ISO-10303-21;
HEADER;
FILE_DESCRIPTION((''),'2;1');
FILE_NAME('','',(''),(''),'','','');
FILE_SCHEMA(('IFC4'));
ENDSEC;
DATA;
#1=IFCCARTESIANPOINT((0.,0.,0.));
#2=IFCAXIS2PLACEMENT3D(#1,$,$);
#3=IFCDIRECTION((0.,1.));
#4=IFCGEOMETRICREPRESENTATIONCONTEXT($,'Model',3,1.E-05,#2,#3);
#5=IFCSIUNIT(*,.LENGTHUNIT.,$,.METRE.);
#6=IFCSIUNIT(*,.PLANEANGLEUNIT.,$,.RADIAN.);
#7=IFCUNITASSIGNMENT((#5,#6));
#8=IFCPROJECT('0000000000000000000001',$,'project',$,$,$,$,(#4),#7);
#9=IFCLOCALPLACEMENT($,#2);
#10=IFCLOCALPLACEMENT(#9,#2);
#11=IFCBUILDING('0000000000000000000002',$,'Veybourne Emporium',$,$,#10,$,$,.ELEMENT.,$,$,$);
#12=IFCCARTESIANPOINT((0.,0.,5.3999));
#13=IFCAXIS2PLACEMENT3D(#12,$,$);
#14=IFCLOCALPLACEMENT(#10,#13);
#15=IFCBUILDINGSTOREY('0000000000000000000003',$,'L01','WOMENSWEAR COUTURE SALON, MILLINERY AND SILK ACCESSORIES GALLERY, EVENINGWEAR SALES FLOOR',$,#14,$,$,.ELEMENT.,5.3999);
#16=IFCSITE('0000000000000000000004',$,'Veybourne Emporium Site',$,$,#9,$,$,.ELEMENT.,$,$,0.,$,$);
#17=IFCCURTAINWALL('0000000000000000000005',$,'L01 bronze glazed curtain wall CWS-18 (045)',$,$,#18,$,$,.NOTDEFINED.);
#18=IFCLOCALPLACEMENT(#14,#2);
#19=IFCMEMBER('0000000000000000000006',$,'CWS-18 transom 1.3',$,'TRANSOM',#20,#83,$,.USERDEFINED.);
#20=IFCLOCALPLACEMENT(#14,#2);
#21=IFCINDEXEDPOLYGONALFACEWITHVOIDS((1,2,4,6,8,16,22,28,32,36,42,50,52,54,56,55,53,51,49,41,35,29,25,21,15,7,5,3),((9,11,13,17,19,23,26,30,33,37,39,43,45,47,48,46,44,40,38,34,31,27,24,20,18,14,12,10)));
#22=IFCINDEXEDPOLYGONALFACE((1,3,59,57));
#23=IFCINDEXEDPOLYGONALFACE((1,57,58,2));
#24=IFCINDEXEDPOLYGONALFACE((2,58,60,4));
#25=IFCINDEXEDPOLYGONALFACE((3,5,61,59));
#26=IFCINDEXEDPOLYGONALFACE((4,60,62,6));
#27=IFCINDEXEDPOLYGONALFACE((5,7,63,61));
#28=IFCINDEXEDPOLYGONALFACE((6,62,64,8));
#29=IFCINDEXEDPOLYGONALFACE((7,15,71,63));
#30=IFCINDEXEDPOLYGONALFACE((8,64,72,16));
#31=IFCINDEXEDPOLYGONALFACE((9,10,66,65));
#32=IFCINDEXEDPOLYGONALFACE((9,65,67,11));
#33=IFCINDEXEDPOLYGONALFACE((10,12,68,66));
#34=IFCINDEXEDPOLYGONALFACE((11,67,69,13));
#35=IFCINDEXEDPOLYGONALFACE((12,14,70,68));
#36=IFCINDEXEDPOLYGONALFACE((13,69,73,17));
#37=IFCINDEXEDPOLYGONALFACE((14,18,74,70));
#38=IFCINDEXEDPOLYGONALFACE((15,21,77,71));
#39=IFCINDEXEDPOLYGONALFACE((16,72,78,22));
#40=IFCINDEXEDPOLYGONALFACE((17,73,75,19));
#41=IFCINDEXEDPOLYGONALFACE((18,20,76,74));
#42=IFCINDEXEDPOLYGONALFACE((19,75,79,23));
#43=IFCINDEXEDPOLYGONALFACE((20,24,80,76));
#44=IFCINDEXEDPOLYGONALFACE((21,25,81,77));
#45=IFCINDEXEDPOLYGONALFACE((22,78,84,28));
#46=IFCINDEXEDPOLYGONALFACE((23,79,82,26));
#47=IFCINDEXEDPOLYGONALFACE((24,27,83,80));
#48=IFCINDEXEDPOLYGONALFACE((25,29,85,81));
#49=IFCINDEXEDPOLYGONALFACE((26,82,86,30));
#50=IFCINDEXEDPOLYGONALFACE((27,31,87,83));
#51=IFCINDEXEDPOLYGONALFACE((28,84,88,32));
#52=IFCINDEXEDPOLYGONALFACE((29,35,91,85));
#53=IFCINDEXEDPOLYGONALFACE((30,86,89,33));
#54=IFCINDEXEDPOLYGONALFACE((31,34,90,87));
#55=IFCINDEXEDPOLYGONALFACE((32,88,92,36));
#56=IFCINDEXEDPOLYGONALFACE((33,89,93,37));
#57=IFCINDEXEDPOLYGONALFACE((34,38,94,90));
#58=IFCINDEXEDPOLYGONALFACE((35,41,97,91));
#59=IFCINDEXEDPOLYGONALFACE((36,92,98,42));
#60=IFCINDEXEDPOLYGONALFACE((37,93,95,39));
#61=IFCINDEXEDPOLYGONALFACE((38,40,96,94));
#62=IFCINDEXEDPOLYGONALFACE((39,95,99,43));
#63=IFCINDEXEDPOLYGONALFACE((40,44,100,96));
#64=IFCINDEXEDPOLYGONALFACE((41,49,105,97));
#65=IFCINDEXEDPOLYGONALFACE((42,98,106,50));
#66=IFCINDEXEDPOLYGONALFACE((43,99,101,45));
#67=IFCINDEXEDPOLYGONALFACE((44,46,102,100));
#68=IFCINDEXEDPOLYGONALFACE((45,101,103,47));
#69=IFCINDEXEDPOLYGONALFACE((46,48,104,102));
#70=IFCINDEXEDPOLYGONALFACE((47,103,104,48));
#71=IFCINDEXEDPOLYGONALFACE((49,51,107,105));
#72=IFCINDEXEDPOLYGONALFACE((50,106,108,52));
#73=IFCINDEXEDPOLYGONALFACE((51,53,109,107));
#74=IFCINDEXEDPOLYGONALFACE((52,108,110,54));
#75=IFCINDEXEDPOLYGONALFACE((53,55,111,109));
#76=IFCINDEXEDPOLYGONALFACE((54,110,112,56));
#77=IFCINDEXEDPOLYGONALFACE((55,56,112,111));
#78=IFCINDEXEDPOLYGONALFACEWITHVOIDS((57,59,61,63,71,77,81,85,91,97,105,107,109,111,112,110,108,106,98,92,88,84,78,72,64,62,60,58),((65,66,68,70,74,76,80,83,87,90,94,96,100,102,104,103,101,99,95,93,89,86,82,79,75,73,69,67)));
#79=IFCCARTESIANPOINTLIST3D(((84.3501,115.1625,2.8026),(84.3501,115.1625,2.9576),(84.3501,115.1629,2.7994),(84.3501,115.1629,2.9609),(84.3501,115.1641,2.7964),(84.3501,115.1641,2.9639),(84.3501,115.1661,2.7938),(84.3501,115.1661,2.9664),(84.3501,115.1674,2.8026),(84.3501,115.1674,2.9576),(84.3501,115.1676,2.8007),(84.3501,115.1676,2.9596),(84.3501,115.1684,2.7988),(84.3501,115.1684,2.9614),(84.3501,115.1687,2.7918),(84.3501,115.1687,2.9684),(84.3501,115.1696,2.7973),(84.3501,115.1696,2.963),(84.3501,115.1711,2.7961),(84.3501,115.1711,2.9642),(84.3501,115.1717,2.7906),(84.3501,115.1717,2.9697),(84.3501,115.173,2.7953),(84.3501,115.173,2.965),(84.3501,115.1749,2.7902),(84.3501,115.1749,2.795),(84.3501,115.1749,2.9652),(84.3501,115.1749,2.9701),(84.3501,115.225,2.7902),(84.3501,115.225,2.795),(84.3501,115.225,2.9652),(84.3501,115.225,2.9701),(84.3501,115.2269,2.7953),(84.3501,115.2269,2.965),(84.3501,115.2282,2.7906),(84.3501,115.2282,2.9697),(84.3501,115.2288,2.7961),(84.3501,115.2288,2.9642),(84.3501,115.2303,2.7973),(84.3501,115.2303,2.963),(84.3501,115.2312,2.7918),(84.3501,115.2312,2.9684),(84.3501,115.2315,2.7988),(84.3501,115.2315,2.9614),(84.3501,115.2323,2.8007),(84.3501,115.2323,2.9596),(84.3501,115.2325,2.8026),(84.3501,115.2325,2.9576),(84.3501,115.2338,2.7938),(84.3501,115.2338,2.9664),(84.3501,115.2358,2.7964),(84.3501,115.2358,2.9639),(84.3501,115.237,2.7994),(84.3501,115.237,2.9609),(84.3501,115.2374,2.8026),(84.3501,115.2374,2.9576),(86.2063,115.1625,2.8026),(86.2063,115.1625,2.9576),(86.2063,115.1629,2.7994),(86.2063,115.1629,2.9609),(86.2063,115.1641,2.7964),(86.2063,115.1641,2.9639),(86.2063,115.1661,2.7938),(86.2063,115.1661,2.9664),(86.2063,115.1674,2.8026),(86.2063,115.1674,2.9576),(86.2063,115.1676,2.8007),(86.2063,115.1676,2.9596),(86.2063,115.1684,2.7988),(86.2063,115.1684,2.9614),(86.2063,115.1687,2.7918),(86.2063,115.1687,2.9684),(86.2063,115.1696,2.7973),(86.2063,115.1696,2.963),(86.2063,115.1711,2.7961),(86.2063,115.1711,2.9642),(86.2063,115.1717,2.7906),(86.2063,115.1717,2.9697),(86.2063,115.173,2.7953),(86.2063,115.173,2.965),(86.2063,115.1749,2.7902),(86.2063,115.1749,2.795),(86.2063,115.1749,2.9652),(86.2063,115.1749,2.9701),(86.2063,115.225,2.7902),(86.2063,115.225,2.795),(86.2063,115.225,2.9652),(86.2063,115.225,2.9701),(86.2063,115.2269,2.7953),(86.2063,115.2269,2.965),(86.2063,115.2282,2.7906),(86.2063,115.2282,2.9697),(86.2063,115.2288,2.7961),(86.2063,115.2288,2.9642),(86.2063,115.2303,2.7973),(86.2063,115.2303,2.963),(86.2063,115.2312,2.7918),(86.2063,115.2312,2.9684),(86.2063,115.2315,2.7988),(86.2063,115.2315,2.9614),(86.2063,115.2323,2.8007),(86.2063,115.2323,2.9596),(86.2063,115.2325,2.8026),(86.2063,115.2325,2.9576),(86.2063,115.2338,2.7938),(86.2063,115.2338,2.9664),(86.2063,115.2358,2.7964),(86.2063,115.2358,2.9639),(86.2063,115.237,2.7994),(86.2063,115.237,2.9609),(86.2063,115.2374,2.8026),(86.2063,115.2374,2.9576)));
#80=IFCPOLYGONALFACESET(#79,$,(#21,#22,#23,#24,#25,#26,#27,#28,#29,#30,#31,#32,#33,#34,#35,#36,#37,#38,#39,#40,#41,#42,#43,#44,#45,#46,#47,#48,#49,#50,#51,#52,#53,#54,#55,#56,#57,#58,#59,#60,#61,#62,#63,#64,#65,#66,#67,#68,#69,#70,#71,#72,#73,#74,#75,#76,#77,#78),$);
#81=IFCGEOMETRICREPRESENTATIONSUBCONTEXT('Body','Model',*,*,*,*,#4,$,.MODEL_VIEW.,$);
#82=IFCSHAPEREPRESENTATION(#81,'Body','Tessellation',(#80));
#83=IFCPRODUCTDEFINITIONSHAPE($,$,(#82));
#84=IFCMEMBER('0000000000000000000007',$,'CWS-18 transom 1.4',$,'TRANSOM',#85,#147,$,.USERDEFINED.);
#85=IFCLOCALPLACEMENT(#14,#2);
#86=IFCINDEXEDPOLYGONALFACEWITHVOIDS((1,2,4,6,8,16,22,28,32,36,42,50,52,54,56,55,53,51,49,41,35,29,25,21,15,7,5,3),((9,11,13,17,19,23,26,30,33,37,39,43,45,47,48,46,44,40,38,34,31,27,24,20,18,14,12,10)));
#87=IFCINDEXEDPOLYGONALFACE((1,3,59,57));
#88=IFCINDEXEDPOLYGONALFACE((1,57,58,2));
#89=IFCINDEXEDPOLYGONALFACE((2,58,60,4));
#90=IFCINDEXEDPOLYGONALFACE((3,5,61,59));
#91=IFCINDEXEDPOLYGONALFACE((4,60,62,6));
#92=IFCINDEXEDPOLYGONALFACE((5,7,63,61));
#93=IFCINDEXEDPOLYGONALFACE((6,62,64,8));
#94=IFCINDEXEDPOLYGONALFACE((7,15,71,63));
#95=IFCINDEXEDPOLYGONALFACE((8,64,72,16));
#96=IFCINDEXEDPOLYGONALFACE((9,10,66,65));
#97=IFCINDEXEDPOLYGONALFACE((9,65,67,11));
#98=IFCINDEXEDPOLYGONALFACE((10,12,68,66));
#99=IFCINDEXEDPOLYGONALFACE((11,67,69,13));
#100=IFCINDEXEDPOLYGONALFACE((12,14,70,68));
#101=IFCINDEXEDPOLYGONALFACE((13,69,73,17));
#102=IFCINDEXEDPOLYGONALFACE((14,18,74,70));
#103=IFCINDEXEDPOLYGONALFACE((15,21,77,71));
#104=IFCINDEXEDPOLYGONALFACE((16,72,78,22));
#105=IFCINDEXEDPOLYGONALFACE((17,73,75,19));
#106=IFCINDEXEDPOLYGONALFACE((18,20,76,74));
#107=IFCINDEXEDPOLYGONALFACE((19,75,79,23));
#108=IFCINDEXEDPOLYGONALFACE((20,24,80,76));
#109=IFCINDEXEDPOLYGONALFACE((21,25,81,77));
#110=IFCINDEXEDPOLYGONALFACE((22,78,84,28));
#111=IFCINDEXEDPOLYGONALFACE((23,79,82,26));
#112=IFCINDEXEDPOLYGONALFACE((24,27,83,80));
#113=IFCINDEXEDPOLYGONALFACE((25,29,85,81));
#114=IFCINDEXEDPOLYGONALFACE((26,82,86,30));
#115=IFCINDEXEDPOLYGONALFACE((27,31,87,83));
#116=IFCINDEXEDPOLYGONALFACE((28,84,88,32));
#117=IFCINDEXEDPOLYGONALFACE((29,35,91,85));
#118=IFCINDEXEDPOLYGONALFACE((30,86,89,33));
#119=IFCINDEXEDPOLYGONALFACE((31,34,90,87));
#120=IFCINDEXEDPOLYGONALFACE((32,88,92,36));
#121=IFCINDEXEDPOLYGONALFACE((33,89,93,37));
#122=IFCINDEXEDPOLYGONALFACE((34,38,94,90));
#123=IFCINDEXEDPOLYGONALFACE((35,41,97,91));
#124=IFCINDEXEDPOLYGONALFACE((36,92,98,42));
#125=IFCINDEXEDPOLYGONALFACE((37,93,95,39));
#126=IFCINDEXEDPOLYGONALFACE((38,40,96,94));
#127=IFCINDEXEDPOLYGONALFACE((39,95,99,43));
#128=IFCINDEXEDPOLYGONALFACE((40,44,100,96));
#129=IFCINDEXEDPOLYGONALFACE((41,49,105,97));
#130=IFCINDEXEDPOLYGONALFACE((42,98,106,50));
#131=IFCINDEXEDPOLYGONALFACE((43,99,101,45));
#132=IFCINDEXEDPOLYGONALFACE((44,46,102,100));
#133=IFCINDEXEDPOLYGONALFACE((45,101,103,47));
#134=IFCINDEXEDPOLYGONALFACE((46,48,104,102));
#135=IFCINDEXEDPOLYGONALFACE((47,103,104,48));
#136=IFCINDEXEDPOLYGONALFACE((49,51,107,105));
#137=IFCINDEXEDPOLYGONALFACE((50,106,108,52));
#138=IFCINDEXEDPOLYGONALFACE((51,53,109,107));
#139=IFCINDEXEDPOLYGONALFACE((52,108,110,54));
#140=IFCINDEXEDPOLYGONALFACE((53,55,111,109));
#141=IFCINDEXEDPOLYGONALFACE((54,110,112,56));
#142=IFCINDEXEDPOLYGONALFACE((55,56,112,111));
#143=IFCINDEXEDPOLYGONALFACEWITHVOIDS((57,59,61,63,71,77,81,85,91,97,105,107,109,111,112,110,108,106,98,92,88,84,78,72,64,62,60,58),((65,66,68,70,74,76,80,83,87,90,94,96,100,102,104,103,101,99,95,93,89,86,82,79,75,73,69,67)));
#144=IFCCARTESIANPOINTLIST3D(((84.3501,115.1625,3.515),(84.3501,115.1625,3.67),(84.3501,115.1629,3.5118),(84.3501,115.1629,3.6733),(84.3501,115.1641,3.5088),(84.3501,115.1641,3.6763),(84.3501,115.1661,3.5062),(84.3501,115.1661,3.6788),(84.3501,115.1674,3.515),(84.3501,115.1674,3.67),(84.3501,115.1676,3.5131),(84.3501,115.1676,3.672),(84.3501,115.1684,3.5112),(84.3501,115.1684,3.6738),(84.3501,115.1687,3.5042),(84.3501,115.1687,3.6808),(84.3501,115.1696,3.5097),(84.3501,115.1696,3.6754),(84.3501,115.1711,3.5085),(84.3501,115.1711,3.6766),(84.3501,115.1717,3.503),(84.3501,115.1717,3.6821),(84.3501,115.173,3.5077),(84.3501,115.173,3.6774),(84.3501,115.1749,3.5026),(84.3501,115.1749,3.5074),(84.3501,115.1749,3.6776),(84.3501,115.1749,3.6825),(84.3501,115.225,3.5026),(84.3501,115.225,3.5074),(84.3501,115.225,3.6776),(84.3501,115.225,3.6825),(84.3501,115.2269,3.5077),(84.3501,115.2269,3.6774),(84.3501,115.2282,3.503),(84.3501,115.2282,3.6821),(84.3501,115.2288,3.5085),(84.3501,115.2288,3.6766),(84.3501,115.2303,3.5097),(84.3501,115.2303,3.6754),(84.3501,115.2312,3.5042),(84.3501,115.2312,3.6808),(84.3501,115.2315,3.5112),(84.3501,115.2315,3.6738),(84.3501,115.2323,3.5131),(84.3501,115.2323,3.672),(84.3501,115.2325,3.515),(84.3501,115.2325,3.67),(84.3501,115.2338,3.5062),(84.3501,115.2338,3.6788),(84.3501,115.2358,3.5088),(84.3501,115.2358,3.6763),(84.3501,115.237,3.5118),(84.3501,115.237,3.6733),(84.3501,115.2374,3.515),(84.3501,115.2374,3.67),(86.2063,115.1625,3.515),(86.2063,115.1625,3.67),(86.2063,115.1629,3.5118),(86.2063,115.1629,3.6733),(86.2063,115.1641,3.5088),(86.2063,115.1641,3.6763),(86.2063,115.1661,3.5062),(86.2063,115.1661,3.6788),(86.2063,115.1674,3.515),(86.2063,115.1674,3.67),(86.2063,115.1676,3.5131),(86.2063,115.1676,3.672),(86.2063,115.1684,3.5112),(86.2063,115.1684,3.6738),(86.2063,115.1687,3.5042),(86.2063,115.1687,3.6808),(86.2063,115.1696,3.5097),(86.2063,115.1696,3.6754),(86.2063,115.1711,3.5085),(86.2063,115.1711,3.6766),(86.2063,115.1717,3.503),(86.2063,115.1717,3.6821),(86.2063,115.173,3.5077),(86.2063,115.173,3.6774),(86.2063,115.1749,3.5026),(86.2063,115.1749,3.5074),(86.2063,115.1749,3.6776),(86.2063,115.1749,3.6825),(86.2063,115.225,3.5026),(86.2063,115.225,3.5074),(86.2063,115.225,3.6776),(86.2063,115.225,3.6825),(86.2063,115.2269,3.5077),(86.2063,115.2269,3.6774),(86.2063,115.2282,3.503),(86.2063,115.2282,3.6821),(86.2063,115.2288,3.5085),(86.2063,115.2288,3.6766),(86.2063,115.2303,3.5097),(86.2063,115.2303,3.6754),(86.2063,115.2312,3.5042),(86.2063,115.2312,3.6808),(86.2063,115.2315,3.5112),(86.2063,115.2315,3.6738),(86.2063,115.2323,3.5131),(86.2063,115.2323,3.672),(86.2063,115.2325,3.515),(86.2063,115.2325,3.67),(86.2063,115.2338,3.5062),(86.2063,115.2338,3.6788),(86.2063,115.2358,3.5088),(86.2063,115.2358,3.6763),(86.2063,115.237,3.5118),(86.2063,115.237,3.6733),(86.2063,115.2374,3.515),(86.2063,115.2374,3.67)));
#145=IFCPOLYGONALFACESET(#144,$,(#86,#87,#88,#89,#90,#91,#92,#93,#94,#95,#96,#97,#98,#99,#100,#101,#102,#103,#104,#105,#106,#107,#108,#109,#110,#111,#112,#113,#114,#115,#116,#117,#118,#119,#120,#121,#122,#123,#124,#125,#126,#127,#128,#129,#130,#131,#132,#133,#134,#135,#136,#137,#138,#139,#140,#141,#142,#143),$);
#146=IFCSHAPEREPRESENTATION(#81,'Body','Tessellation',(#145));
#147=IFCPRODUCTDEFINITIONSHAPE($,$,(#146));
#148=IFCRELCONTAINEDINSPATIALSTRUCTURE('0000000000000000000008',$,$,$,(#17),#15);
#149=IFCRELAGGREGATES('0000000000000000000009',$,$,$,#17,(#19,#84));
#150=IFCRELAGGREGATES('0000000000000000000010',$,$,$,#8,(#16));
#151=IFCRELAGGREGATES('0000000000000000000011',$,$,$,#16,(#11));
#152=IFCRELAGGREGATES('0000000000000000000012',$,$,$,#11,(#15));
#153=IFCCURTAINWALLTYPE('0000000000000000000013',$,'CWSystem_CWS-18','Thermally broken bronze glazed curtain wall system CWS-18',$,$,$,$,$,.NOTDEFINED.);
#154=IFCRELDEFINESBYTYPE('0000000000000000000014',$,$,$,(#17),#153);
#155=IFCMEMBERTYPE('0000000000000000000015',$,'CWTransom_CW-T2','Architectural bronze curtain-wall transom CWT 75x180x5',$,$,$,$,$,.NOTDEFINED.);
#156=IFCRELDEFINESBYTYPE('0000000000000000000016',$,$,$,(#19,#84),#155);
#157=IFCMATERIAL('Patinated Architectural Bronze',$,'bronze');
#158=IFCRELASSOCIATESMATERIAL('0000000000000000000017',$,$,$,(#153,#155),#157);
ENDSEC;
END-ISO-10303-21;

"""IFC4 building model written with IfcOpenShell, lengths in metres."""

from ifc_helpers import new_model, si_unit, direction, frame, origin, origin_2d, place, context, subcontext, project, spatial, hollow_rectangle, extrude, material, material_profile, profile_set, type_object, element, aggregate, save


model = new_model("IFC4")

# Units and contexts
model_context = context("Model", 3, precision=1e-05, world=origin(), true_north=direction((0.0, 1.0)))
body_context = subcontext(model_context, "Body", "Model", "MODEL_VIEW")
ifc_project = project(units=[si_unit("LENGTHUNIT", "METRE"), si_unit("PLANEANGLEUNIT", "RADIAN")], contexts=[model_context])

# Site, building, storey
site_placement = place(None, origin())
site = spatial("IfcSite", under=ifc_project, at=site_placement, Name="Veybourne Emporium Site", CompositionType="ELEMENT", RefElevation=0.0)
building_placement = place(site_placement, origin())
building = spatial("IfcBuilding", under=site, at=building_placement, Name="Veybourne Emporium", CompositionType="ELEMENT")
storey_placement = place(building_placement, frame((0.0, 0.0, 5.3999)))
storey = spatial("IfcBuildingStorey", under=building, at=storey_placement, Name="L01", Description="WOMENSWEAR COUTURE SALON, MILLINERY AND SILK ACCESSORIES GALLERY, EVENINGWEAR SALES FLOOR", CompositionType="ELEMENT", Elevation=5.3999)

# Curtain wall, members
ifc_material_1 = material(Name="Patinated Architectural Bronze", Category="bronze")
curtain_wall_type = type_object("IfcCurtainWallType", Name="CWSystem_CWS-18", Description="Thermally broken bronze glazed curtain wall system CWS-18", PredefinedType="NOTDEFINED", material=ifc_material_1)
curtain_wall_placement = place(storey_placement, origin())
curtain_wall = element("IfcCurtainWall", 1, at=curtain_wall_placement, inside=storey, type_object=curtain_wall_type, Name="L01 bronze glazed curtain wall CWS-18 (045)", PredefinedType="NOTDEFINED")
ifc_material_profile_1 = material_profile(ifc_material_1, hollow_rectangle(XDim=0.075, YDim=0.1799, WallThickness=0.0049, InnerFilletRadius=0.0076, OuterFilletRadius=0.0125, at=origin_2d()), Name="CWT 75x180x5")
ifc_profile_set_1 = profile_set([ifc_material_profile_1], Name="Patinated Architectural Bronze")
member_type_1 = type_object("IfcMemberType", Name="CWTransom_CW-T2", Description="Architectural bronze curtain-wall transom CWT 75x180x5", PredefinedType="NOTDEFINED", material=ifc_profile_set_1)
member_1_placement = place(storey_placement, frame((84.3501, 115.2, 2.8801), z_axis=(1.0, 0.0, 0.0), x_axis=(0.0, 1.0, 0.0)))
member_1 = element("IfcMember", 2, at=member_1_placement, type_object=member_type_1, Name="CWS-18 transom 1.3", ObjectType="TRANSOM", PredefinedType="USERDEFINED", context=body_context, shape_type="SweptSolid", body=[
    extrude(hollow_rectangle(XDim=0.075, YDim=0.1799, WallThickness=0.0049, InnerFilletRadius=0.0076, OuterFilletRadius=0.0125, at=origin_2d()), origin(), (0.0, 0.0, 1.0), 1.8562),
])
member_2_placement = place(storey_placement, frame((84.3501, 115.2, 3.5925), z_axis=(1.0, 0.0, 0.0), x_axis=(0.0, 1.0, 0.0)))
member_2 = element("IfcMember", 3, at=member_2_placement, type_object=member_type_1, Name="CWS-18 transom 1.4", ObjectType="TRANSOM", PredefinedType="USERDEFINED", context=body_context, shape_type="SweptSolid", body=[
    extrude(hollow_rectangle(XDim=0.075, YDim=0.1799, WallThickness=0.0049, InnerFilletRadius=0.0076, OuterFilletRadius=0.0125, at=origin_2d()), origin(), (0.0, 0.0, 1.0), 1.8562),
])

aggregate(curtain_wall, [member_1, member_2])

save(model, "model.ifc")
